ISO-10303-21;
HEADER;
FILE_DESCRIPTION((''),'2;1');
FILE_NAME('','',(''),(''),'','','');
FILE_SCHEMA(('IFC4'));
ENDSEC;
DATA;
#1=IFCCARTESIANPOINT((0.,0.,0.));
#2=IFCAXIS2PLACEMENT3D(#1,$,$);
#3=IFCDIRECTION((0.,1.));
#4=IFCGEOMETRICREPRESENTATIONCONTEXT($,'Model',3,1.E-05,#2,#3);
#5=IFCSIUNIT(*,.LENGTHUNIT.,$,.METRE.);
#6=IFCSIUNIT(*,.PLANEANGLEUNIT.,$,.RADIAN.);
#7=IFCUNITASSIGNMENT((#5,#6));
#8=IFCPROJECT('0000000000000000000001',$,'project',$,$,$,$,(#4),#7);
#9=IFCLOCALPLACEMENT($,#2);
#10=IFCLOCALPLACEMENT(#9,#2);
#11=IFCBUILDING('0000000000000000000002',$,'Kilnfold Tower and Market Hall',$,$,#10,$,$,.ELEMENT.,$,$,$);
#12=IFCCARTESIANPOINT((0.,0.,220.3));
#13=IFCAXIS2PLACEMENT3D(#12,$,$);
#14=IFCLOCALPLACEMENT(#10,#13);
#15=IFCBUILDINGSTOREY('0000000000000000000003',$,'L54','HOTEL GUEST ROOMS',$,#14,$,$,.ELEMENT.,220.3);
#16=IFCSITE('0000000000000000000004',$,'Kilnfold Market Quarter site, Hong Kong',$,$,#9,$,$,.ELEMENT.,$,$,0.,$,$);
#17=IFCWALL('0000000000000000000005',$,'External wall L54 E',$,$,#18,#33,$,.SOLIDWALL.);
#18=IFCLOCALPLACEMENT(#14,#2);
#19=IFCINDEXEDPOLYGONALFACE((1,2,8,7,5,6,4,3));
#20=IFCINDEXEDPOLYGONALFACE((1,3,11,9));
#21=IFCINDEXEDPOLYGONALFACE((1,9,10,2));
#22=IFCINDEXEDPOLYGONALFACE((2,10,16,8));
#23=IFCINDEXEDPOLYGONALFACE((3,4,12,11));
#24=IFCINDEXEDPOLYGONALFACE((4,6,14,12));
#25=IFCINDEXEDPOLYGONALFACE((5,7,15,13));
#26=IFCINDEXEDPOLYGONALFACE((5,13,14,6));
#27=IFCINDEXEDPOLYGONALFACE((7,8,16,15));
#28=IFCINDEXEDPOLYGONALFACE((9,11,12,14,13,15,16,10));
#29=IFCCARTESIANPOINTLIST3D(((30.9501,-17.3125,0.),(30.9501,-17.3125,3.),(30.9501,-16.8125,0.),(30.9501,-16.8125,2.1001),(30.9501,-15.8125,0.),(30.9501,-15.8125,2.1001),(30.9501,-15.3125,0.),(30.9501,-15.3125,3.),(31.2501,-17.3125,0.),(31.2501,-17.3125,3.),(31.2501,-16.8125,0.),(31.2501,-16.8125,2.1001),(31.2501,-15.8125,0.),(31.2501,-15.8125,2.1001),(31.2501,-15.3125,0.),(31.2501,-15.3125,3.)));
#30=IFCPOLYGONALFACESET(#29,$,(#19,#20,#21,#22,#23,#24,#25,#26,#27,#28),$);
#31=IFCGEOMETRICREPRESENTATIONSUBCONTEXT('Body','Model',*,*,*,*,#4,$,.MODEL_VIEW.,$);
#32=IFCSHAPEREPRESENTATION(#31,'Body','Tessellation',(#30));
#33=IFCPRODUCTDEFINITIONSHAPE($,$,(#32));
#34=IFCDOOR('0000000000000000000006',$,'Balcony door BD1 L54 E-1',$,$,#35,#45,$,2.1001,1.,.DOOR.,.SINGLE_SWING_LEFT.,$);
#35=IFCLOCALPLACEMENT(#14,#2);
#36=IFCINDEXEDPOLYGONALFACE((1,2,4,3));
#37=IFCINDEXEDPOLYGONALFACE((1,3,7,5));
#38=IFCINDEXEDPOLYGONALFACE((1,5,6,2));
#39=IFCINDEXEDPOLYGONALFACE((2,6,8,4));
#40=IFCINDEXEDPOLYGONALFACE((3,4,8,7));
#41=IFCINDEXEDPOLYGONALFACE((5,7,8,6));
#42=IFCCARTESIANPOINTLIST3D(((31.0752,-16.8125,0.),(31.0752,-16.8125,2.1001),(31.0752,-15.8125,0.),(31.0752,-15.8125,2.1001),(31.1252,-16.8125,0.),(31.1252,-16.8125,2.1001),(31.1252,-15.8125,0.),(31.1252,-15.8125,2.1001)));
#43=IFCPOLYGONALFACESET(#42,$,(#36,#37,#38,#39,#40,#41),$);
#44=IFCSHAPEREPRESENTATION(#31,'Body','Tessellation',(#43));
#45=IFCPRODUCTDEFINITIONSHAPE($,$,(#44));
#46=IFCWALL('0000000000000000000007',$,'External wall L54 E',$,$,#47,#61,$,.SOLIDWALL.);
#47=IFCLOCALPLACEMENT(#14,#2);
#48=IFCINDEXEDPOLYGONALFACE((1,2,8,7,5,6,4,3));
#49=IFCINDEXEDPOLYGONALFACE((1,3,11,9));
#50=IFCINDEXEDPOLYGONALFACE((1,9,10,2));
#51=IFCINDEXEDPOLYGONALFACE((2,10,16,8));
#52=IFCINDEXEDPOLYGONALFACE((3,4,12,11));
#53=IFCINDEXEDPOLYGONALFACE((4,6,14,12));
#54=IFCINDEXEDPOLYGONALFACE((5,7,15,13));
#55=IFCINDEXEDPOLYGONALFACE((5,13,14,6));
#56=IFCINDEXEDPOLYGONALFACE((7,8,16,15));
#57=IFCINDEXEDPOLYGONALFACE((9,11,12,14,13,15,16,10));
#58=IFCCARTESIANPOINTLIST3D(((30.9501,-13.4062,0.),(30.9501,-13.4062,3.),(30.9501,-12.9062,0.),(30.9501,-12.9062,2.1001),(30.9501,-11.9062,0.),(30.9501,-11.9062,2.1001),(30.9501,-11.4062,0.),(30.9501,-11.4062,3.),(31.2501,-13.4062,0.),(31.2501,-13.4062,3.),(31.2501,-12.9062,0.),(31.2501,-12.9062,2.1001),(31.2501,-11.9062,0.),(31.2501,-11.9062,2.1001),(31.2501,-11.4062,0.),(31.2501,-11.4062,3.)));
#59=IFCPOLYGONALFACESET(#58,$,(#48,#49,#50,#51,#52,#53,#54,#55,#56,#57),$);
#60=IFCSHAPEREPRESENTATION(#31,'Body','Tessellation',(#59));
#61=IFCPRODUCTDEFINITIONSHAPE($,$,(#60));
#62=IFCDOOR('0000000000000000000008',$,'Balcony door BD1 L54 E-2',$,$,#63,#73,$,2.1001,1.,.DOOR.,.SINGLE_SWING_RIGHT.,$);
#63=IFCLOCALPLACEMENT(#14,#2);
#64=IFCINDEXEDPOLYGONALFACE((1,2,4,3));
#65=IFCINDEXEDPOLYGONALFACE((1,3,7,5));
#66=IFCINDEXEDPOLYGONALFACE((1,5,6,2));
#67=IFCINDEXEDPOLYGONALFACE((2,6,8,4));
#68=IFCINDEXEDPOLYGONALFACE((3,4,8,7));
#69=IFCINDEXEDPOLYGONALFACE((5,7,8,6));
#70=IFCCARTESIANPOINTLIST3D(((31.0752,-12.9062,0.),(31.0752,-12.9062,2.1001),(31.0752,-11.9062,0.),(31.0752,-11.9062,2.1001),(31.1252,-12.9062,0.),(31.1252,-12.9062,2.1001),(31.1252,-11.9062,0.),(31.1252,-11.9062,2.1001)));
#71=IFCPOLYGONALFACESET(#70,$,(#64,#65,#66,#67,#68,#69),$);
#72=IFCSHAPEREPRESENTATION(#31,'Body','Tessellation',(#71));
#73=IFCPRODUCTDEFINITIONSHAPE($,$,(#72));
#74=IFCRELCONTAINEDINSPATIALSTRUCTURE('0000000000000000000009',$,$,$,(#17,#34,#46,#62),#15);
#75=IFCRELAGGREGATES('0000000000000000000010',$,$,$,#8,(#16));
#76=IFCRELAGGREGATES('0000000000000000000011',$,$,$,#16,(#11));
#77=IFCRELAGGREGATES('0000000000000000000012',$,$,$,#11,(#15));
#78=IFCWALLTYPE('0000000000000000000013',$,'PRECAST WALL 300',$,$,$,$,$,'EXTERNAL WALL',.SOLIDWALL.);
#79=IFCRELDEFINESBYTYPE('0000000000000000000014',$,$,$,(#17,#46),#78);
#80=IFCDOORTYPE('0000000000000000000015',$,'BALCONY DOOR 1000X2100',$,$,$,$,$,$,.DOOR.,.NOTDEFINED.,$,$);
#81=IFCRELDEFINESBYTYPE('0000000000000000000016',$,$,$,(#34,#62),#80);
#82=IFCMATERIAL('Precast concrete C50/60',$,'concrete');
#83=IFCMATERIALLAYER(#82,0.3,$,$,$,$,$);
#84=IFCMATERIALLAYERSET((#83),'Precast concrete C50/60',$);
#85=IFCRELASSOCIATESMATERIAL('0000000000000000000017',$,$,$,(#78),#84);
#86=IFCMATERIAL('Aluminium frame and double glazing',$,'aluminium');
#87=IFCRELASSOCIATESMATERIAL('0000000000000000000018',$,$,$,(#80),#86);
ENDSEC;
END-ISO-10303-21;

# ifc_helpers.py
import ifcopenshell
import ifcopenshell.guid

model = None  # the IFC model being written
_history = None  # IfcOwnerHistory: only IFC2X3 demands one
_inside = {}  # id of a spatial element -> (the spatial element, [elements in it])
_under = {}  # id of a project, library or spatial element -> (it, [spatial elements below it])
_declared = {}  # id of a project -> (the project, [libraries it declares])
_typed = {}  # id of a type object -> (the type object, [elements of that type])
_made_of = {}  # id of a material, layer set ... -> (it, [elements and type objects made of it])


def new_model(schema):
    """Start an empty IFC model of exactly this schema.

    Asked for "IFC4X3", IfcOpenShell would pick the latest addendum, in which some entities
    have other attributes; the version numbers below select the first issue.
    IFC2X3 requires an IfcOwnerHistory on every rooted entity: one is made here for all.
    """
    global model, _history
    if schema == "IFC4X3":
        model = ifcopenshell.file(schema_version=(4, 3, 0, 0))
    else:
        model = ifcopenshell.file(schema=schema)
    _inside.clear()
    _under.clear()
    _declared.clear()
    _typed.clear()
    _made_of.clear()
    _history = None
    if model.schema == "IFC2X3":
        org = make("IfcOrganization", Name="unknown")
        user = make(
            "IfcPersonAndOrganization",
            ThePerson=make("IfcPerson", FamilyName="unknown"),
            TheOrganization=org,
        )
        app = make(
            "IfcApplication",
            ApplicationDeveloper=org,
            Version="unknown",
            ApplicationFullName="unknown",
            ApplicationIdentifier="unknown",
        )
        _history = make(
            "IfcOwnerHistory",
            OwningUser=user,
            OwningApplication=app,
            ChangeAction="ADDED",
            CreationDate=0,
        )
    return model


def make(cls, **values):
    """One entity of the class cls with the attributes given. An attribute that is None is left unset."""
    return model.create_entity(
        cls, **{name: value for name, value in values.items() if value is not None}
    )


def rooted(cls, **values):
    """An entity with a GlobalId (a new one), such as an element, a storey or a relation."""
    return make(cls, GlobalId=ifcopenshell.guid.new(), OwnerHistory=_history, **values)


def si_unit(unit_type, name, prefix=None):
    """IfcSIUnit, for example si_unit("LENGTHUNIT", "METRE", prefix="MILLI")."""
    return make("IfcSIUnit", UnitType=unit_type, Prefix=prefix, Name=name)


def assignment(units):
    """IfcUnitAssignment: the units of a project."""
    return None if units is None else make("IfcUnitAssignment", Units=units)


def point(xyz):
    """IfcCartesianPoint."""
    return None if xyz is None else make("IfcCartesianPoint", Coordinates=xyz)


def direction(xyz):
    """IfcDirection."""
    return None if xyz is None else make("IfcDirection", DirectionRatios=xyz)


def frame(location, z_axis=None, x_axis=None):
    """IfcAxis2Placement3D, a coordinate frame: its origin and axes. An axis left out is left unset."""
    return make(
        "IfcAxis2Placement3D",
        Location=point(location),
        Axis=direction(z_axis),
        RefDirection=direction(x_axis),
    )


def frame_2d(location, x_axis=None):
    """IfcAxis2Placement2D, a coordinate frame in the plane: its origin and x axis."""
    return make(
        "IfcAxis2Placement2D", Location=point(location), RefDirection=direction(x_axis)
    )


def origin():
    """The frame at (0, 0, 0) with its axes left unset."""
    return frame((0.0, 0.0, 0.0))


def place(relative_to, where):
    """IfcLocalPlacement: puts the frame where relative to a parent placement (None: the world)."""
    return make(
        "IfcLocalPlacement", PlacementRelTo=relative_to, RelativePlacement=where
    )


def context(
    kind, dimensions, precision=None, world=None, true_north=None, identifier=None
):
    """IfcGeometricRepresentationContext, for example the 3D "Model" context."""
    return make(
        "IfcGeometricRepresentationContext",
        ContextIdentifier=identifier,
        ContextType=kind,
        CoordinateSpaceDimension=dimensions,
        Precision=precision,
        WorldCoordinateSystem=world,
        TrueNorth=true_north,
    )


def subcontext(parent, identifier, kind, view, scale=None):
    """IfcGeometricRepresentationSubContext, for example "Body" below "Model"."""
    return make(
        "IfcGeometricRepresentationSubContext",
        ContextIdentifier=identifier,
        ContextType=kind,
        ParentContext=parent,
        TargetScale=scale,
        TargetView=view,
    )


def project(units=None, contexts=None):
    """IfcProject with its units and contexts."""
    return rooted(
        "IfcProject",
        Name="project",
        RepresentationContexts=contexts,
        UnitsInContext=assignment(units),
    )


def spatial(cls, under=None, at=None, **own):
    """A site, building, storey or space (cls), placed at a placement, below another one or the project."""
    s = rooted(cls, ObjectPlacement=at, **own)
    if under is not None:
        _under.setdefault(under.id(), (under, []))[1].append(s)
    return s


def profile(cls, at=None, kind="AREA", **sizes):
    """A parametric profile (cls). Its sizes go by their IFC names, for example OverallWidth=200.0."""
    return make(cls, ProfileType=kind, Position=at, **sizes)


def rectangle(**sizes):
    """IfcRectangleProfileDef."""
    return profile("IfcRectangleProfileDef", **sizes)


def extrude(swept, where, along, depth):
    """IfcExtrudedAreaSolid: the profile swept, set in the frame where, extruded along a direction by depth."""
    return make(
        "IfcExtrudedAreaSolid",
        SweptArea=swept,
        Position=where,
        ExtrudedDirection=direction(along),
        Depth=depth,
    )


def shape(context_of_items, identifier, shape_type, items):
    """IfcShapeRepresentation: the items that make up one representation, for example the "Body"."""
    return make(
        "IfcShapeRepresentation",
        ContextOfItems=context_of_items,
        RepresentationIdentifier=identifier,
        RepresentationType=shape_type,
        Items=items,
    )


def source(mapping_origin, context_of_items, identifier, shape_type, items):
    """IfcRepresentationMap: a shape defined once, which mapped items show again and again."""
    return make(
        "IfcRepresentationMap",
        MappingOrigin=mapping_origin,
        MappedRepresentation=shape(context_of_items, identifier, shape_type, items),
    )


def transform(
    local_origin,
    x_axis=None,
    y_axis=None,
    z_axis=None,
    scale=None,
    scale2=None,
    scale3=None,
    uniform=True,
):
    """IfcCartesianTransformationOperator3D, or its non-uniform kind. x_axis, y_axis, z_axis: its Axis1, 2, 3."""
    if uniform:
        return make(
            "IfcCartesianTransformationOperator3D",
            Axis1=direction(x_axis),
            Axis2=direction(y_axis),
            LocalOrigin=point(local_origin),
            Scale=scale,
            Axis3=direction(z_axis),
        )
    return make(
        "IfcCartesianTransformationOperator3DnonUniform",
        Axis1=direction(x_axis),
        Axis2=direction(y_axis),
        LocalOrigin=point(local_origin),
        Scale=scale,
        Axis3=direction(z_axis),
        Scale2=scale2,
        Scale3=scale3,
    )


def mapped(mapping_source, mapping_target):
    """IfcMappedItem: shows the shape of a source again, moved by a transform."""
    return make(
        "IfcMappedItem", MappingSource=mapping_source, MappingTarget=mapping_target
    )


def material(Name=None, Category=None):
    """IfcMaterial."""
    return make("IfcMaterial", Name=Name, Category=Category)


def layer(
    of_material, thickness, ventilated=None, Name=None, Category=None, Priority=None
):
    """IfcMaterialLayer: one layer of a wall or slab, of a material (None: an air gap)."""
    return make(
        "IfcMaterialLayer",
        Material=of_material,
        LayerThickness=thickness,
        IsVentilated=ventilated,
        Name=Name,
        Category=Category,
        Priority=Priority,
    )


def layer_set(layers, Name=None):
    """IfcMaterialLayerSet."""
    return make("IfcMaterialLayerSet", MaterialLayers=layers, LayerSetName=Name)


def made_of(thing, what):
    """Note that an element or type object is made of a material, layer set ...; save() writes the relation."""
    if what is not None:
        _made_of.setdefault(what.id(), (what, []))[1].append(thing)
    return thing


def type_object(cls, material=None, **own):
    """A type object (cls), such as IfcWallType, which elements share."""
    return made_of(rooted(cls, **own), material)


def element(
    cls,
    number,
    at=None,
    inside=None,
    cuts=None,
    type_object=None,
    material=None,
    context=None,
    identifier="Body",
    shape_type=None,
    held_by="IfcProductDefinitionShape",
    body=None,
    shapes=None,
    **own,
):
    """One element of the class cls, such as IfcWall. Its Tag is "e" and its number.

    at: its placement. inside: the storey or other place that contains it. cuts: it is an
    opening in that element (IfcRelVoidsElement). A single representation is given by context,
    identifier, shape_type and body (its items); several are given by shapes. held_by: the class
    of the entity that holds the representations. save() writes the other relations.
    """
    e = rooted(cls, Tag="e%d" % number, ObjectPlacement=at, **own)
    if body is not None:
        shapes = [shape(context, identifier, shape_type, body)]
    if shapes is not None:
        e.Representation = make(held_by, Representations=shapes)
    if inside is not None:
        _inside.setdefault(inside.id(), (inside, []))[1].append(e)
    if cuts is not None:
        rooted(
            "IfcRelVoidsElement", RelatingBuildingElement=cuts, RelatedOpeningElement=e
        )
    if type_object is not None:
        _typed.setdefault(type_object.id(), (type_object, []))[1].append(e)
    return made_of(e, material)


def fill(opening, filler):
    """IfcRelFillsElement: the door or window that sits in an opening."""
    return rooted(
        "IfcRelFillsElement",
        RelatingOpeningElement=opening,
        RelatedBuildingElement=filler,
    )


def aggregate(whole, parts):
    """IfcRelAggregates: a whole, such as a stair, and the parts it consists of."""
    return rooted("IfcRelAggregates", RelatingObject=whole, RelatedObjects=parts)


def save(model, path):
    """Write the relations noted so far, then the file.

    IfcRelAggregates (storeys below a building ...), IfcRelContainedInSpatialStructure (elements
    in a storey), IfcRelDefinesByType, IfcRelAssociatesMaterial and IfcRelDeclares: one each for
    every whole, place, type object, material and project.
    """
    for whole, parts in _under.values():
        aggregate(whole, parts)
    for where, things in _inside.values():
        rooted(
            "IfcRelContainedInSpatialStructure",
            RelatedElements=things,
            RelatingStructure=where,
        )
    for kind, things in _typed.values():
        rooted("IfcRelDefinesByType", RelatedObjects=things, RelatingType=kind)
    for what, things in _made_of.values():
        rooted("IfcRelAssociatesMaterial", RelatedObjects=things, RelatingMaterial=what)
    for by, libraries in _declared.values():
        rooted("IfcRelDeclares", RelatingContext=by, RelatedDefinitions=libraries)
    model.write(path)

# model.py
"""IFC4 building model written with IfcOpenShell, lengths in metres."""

from ifc_helpers import new_model, si_unit, direction, frame, frame_2d, origin, place, context, subcontext, project, spatial, rectangle, extrude, source, transform, mapped, material, layer, layer_set, type_object, element, fill, save


model = new_model("IFC4")

# Units and contexts
model_context = context("Model", 3, precision=1e-05, world=origin(), true_north=direction((0.0, 1.0)))
body_context = subcontext(model_context, "Body", "Model", "MODEL_VIEW")
ifc_project = project(units=[si_unit("LENGTHUNIT", "METRE"), si_unit("PLANEANGLEUNIT", "RADIAN")], contexts=[model_context])

# Site, building, storey
site_placement = place(None, origin())
site = spatial("IfcSite", under=ifc_project, at=site_placement, Name="Kilnfold Market Quarter site, Hong Kong", CompositionType="ELEMENT", RefElevation=0.0)
building_placement = place(site_placement, origin())
building = spatial("IfcBuilding", under=site, at=building_placement, Name="Kilnfold Tower and Market Hall", CompositionType="ELEMENT")
storey_placement = place(building_placement, frame((0.0, 0.0, 220.3)))
storey = spatial("IfcBuildingStorey", under=building, at=storey_placement, Name="L54", Description="HOTEL GUEST ROOMS", CompositionType="ELEMENT", Elevation=220.3)

# Walls, openings, doors
ifc_material_1 = material(Name="Precast concrete C50/60", Category="concrete")
ifc_layer_1 = layer(ifc_material_1, 0.3)
ifc_layer_set_1 = layer_set([ifc_layer_1], Name="Precast concrete C50/60")
wall_type_1 = type_object("IfcWallType", Name="PRECAST WALL 300", ElementType="EXTERNAL WALL", PredefinedType="SOLIDWALL", material=ifc_layer_set_1)
shared_shape_1 = source(origin(), body_context, "Body", "SweptSolid", [
    extrude(rectangle(XDim=2.0, YDim=0.3, at=frame_2d((1.0, 0.0))), origin(), (0.0, 0.0, 1.0), 3.0),
])
wall_1_placement = place(storey_placement, frame((31.1001, -17.3125, 0.0), z_axis=(0.0, 0.0, 1.0), x_axis=(0.0, 1.0, 0.0)))
wall_1 = element("IfcWall", 1, at=wall_1_placement, inside=storey, type_object=wall_type_1, Name="External wall L54 E", PredefinedType="SOLIDWALL", context=body_context, shape_type="MappedRepresentation", body=[
    mapped(shared_shape_1, transform((0.0, 0.0, 0.0))),
])
opening_1_placement = place(wall_1_placement, frame((0.5, 0.0, 0.0)))
opening_1 = element("IfcOpeningElement", 2, at=opening_1_placement, cuts=wall_1, PredefinedType="OPENING", context=body_context, shape_type="SweptSolid", body=[
    extrude(rectangle(XDim=1.0, YDim=2.1001, at=frame_2d((0.5, 1.05))), frame((0.0, 0.1602, 0.0), z_axis=(0.0, -1.0, 0.0), x_axis=(1.0, 0.0, 0.0)), (0.0, 0.0, 1.0), 0.3201),
])
ifc_material_2 = material(Name="Aluminium frame and double glazing", Category="aluminium")
door_type_1 = type_object("IfcDoorType", Name="BALCONY DOOR 1000X2100", OperationType="NOTDEFINED", PredefinedType="DOOR", material=ifc_material_2)
door_1_placement = place(opening_1_placement, origin())
door_1 = element("IfcDoor", 3, at=door_1_placement, inside=storey, type_object=door_type_1, Name="Balcony door BD1 L54 E-1", OperationType="SINGLE_SWING_LEFT", OverallHeight=2.1001, OverallWidth=1.0, PredefinedType="DOOR", context=body_context, shape_type="SweptSolid", body=[
    extrude(rectangle(XDim=1.0, YDim=2.1001, at=frame_2d((0.5, 1.05))), frame((0.0, 0.0249, 0.0), z_axis=(0.0, -1.0, 0.0), x_axis=(1.0, 0.0, 0.0)), (0.0, 0.0, 1.0), 0.05),
])
fill(opening_1, door_1)
wall_2_placement = place(storey_placement, frame((31.1001, -13.4062, 0.0), z_axis=(0.0, 0.0, 1.0), x_axis=(0.0, 1.0, 0.0)))
wall_2 = element("IfcWall", 4, at=wall_2_placement, inside=storey, type_object=wall_type_1, Name="External wall L54 E", PredefinedType="SOLIDWALL", context=body_context, shape_type="MappedRepresentation", body=[
    mapped(shared_shape_1, transform((0.0, 0.0, 0.0))),
])
opening_2_placement = place(wall_2_placement, frame((0.5, 0.0, 0.0)))
opening_2 = element("IfcOpeningElement", 5, at=opening_2_placement, cuts=wall_2, PredefinedType="OPENING", context=body_context, shape_type="SweptSolid", body=[
    extrude(rectangle(XDim=1.0, YDim=2.1001, at=frame_2d((0.5, 1.05))), frame((0.0, 0.1602, 0.0), z_axis=(0.0, -1.0, 0.0), x_axis=(1.0, 0.0, 0.0)), (0.0, 0.0, 1.0), 0.3201),
])
door_2_placement = place(opening_2_placement, origin())
door_2 = element("IfcDoor", 6, at=door_2_placement, inside=storey, type_object=door_type_1, Name="Balcony door BD1 L54 E-2", OperationType="SINGLE_SWING_RIGHT", OverallHeight=2.1001, OverallWidth=1.0, PredefinedType="DOOR", context=body_context, shape_type="SweptSolid", body=[
    extrude(rectangle(XDim=1.0, YDim=2.1001, at=frame_2d((0.5, 1.05))), frame((0.0, 0.0249, 0.0), z_axis=(0.0, -1.0, 0.0), x_axis=(1.0, 0.0, 0.0)), (0.0, 0.0, 1.0), 0.05),
])
fill(opening_2, door_2)

save(model, "model.ifc")
